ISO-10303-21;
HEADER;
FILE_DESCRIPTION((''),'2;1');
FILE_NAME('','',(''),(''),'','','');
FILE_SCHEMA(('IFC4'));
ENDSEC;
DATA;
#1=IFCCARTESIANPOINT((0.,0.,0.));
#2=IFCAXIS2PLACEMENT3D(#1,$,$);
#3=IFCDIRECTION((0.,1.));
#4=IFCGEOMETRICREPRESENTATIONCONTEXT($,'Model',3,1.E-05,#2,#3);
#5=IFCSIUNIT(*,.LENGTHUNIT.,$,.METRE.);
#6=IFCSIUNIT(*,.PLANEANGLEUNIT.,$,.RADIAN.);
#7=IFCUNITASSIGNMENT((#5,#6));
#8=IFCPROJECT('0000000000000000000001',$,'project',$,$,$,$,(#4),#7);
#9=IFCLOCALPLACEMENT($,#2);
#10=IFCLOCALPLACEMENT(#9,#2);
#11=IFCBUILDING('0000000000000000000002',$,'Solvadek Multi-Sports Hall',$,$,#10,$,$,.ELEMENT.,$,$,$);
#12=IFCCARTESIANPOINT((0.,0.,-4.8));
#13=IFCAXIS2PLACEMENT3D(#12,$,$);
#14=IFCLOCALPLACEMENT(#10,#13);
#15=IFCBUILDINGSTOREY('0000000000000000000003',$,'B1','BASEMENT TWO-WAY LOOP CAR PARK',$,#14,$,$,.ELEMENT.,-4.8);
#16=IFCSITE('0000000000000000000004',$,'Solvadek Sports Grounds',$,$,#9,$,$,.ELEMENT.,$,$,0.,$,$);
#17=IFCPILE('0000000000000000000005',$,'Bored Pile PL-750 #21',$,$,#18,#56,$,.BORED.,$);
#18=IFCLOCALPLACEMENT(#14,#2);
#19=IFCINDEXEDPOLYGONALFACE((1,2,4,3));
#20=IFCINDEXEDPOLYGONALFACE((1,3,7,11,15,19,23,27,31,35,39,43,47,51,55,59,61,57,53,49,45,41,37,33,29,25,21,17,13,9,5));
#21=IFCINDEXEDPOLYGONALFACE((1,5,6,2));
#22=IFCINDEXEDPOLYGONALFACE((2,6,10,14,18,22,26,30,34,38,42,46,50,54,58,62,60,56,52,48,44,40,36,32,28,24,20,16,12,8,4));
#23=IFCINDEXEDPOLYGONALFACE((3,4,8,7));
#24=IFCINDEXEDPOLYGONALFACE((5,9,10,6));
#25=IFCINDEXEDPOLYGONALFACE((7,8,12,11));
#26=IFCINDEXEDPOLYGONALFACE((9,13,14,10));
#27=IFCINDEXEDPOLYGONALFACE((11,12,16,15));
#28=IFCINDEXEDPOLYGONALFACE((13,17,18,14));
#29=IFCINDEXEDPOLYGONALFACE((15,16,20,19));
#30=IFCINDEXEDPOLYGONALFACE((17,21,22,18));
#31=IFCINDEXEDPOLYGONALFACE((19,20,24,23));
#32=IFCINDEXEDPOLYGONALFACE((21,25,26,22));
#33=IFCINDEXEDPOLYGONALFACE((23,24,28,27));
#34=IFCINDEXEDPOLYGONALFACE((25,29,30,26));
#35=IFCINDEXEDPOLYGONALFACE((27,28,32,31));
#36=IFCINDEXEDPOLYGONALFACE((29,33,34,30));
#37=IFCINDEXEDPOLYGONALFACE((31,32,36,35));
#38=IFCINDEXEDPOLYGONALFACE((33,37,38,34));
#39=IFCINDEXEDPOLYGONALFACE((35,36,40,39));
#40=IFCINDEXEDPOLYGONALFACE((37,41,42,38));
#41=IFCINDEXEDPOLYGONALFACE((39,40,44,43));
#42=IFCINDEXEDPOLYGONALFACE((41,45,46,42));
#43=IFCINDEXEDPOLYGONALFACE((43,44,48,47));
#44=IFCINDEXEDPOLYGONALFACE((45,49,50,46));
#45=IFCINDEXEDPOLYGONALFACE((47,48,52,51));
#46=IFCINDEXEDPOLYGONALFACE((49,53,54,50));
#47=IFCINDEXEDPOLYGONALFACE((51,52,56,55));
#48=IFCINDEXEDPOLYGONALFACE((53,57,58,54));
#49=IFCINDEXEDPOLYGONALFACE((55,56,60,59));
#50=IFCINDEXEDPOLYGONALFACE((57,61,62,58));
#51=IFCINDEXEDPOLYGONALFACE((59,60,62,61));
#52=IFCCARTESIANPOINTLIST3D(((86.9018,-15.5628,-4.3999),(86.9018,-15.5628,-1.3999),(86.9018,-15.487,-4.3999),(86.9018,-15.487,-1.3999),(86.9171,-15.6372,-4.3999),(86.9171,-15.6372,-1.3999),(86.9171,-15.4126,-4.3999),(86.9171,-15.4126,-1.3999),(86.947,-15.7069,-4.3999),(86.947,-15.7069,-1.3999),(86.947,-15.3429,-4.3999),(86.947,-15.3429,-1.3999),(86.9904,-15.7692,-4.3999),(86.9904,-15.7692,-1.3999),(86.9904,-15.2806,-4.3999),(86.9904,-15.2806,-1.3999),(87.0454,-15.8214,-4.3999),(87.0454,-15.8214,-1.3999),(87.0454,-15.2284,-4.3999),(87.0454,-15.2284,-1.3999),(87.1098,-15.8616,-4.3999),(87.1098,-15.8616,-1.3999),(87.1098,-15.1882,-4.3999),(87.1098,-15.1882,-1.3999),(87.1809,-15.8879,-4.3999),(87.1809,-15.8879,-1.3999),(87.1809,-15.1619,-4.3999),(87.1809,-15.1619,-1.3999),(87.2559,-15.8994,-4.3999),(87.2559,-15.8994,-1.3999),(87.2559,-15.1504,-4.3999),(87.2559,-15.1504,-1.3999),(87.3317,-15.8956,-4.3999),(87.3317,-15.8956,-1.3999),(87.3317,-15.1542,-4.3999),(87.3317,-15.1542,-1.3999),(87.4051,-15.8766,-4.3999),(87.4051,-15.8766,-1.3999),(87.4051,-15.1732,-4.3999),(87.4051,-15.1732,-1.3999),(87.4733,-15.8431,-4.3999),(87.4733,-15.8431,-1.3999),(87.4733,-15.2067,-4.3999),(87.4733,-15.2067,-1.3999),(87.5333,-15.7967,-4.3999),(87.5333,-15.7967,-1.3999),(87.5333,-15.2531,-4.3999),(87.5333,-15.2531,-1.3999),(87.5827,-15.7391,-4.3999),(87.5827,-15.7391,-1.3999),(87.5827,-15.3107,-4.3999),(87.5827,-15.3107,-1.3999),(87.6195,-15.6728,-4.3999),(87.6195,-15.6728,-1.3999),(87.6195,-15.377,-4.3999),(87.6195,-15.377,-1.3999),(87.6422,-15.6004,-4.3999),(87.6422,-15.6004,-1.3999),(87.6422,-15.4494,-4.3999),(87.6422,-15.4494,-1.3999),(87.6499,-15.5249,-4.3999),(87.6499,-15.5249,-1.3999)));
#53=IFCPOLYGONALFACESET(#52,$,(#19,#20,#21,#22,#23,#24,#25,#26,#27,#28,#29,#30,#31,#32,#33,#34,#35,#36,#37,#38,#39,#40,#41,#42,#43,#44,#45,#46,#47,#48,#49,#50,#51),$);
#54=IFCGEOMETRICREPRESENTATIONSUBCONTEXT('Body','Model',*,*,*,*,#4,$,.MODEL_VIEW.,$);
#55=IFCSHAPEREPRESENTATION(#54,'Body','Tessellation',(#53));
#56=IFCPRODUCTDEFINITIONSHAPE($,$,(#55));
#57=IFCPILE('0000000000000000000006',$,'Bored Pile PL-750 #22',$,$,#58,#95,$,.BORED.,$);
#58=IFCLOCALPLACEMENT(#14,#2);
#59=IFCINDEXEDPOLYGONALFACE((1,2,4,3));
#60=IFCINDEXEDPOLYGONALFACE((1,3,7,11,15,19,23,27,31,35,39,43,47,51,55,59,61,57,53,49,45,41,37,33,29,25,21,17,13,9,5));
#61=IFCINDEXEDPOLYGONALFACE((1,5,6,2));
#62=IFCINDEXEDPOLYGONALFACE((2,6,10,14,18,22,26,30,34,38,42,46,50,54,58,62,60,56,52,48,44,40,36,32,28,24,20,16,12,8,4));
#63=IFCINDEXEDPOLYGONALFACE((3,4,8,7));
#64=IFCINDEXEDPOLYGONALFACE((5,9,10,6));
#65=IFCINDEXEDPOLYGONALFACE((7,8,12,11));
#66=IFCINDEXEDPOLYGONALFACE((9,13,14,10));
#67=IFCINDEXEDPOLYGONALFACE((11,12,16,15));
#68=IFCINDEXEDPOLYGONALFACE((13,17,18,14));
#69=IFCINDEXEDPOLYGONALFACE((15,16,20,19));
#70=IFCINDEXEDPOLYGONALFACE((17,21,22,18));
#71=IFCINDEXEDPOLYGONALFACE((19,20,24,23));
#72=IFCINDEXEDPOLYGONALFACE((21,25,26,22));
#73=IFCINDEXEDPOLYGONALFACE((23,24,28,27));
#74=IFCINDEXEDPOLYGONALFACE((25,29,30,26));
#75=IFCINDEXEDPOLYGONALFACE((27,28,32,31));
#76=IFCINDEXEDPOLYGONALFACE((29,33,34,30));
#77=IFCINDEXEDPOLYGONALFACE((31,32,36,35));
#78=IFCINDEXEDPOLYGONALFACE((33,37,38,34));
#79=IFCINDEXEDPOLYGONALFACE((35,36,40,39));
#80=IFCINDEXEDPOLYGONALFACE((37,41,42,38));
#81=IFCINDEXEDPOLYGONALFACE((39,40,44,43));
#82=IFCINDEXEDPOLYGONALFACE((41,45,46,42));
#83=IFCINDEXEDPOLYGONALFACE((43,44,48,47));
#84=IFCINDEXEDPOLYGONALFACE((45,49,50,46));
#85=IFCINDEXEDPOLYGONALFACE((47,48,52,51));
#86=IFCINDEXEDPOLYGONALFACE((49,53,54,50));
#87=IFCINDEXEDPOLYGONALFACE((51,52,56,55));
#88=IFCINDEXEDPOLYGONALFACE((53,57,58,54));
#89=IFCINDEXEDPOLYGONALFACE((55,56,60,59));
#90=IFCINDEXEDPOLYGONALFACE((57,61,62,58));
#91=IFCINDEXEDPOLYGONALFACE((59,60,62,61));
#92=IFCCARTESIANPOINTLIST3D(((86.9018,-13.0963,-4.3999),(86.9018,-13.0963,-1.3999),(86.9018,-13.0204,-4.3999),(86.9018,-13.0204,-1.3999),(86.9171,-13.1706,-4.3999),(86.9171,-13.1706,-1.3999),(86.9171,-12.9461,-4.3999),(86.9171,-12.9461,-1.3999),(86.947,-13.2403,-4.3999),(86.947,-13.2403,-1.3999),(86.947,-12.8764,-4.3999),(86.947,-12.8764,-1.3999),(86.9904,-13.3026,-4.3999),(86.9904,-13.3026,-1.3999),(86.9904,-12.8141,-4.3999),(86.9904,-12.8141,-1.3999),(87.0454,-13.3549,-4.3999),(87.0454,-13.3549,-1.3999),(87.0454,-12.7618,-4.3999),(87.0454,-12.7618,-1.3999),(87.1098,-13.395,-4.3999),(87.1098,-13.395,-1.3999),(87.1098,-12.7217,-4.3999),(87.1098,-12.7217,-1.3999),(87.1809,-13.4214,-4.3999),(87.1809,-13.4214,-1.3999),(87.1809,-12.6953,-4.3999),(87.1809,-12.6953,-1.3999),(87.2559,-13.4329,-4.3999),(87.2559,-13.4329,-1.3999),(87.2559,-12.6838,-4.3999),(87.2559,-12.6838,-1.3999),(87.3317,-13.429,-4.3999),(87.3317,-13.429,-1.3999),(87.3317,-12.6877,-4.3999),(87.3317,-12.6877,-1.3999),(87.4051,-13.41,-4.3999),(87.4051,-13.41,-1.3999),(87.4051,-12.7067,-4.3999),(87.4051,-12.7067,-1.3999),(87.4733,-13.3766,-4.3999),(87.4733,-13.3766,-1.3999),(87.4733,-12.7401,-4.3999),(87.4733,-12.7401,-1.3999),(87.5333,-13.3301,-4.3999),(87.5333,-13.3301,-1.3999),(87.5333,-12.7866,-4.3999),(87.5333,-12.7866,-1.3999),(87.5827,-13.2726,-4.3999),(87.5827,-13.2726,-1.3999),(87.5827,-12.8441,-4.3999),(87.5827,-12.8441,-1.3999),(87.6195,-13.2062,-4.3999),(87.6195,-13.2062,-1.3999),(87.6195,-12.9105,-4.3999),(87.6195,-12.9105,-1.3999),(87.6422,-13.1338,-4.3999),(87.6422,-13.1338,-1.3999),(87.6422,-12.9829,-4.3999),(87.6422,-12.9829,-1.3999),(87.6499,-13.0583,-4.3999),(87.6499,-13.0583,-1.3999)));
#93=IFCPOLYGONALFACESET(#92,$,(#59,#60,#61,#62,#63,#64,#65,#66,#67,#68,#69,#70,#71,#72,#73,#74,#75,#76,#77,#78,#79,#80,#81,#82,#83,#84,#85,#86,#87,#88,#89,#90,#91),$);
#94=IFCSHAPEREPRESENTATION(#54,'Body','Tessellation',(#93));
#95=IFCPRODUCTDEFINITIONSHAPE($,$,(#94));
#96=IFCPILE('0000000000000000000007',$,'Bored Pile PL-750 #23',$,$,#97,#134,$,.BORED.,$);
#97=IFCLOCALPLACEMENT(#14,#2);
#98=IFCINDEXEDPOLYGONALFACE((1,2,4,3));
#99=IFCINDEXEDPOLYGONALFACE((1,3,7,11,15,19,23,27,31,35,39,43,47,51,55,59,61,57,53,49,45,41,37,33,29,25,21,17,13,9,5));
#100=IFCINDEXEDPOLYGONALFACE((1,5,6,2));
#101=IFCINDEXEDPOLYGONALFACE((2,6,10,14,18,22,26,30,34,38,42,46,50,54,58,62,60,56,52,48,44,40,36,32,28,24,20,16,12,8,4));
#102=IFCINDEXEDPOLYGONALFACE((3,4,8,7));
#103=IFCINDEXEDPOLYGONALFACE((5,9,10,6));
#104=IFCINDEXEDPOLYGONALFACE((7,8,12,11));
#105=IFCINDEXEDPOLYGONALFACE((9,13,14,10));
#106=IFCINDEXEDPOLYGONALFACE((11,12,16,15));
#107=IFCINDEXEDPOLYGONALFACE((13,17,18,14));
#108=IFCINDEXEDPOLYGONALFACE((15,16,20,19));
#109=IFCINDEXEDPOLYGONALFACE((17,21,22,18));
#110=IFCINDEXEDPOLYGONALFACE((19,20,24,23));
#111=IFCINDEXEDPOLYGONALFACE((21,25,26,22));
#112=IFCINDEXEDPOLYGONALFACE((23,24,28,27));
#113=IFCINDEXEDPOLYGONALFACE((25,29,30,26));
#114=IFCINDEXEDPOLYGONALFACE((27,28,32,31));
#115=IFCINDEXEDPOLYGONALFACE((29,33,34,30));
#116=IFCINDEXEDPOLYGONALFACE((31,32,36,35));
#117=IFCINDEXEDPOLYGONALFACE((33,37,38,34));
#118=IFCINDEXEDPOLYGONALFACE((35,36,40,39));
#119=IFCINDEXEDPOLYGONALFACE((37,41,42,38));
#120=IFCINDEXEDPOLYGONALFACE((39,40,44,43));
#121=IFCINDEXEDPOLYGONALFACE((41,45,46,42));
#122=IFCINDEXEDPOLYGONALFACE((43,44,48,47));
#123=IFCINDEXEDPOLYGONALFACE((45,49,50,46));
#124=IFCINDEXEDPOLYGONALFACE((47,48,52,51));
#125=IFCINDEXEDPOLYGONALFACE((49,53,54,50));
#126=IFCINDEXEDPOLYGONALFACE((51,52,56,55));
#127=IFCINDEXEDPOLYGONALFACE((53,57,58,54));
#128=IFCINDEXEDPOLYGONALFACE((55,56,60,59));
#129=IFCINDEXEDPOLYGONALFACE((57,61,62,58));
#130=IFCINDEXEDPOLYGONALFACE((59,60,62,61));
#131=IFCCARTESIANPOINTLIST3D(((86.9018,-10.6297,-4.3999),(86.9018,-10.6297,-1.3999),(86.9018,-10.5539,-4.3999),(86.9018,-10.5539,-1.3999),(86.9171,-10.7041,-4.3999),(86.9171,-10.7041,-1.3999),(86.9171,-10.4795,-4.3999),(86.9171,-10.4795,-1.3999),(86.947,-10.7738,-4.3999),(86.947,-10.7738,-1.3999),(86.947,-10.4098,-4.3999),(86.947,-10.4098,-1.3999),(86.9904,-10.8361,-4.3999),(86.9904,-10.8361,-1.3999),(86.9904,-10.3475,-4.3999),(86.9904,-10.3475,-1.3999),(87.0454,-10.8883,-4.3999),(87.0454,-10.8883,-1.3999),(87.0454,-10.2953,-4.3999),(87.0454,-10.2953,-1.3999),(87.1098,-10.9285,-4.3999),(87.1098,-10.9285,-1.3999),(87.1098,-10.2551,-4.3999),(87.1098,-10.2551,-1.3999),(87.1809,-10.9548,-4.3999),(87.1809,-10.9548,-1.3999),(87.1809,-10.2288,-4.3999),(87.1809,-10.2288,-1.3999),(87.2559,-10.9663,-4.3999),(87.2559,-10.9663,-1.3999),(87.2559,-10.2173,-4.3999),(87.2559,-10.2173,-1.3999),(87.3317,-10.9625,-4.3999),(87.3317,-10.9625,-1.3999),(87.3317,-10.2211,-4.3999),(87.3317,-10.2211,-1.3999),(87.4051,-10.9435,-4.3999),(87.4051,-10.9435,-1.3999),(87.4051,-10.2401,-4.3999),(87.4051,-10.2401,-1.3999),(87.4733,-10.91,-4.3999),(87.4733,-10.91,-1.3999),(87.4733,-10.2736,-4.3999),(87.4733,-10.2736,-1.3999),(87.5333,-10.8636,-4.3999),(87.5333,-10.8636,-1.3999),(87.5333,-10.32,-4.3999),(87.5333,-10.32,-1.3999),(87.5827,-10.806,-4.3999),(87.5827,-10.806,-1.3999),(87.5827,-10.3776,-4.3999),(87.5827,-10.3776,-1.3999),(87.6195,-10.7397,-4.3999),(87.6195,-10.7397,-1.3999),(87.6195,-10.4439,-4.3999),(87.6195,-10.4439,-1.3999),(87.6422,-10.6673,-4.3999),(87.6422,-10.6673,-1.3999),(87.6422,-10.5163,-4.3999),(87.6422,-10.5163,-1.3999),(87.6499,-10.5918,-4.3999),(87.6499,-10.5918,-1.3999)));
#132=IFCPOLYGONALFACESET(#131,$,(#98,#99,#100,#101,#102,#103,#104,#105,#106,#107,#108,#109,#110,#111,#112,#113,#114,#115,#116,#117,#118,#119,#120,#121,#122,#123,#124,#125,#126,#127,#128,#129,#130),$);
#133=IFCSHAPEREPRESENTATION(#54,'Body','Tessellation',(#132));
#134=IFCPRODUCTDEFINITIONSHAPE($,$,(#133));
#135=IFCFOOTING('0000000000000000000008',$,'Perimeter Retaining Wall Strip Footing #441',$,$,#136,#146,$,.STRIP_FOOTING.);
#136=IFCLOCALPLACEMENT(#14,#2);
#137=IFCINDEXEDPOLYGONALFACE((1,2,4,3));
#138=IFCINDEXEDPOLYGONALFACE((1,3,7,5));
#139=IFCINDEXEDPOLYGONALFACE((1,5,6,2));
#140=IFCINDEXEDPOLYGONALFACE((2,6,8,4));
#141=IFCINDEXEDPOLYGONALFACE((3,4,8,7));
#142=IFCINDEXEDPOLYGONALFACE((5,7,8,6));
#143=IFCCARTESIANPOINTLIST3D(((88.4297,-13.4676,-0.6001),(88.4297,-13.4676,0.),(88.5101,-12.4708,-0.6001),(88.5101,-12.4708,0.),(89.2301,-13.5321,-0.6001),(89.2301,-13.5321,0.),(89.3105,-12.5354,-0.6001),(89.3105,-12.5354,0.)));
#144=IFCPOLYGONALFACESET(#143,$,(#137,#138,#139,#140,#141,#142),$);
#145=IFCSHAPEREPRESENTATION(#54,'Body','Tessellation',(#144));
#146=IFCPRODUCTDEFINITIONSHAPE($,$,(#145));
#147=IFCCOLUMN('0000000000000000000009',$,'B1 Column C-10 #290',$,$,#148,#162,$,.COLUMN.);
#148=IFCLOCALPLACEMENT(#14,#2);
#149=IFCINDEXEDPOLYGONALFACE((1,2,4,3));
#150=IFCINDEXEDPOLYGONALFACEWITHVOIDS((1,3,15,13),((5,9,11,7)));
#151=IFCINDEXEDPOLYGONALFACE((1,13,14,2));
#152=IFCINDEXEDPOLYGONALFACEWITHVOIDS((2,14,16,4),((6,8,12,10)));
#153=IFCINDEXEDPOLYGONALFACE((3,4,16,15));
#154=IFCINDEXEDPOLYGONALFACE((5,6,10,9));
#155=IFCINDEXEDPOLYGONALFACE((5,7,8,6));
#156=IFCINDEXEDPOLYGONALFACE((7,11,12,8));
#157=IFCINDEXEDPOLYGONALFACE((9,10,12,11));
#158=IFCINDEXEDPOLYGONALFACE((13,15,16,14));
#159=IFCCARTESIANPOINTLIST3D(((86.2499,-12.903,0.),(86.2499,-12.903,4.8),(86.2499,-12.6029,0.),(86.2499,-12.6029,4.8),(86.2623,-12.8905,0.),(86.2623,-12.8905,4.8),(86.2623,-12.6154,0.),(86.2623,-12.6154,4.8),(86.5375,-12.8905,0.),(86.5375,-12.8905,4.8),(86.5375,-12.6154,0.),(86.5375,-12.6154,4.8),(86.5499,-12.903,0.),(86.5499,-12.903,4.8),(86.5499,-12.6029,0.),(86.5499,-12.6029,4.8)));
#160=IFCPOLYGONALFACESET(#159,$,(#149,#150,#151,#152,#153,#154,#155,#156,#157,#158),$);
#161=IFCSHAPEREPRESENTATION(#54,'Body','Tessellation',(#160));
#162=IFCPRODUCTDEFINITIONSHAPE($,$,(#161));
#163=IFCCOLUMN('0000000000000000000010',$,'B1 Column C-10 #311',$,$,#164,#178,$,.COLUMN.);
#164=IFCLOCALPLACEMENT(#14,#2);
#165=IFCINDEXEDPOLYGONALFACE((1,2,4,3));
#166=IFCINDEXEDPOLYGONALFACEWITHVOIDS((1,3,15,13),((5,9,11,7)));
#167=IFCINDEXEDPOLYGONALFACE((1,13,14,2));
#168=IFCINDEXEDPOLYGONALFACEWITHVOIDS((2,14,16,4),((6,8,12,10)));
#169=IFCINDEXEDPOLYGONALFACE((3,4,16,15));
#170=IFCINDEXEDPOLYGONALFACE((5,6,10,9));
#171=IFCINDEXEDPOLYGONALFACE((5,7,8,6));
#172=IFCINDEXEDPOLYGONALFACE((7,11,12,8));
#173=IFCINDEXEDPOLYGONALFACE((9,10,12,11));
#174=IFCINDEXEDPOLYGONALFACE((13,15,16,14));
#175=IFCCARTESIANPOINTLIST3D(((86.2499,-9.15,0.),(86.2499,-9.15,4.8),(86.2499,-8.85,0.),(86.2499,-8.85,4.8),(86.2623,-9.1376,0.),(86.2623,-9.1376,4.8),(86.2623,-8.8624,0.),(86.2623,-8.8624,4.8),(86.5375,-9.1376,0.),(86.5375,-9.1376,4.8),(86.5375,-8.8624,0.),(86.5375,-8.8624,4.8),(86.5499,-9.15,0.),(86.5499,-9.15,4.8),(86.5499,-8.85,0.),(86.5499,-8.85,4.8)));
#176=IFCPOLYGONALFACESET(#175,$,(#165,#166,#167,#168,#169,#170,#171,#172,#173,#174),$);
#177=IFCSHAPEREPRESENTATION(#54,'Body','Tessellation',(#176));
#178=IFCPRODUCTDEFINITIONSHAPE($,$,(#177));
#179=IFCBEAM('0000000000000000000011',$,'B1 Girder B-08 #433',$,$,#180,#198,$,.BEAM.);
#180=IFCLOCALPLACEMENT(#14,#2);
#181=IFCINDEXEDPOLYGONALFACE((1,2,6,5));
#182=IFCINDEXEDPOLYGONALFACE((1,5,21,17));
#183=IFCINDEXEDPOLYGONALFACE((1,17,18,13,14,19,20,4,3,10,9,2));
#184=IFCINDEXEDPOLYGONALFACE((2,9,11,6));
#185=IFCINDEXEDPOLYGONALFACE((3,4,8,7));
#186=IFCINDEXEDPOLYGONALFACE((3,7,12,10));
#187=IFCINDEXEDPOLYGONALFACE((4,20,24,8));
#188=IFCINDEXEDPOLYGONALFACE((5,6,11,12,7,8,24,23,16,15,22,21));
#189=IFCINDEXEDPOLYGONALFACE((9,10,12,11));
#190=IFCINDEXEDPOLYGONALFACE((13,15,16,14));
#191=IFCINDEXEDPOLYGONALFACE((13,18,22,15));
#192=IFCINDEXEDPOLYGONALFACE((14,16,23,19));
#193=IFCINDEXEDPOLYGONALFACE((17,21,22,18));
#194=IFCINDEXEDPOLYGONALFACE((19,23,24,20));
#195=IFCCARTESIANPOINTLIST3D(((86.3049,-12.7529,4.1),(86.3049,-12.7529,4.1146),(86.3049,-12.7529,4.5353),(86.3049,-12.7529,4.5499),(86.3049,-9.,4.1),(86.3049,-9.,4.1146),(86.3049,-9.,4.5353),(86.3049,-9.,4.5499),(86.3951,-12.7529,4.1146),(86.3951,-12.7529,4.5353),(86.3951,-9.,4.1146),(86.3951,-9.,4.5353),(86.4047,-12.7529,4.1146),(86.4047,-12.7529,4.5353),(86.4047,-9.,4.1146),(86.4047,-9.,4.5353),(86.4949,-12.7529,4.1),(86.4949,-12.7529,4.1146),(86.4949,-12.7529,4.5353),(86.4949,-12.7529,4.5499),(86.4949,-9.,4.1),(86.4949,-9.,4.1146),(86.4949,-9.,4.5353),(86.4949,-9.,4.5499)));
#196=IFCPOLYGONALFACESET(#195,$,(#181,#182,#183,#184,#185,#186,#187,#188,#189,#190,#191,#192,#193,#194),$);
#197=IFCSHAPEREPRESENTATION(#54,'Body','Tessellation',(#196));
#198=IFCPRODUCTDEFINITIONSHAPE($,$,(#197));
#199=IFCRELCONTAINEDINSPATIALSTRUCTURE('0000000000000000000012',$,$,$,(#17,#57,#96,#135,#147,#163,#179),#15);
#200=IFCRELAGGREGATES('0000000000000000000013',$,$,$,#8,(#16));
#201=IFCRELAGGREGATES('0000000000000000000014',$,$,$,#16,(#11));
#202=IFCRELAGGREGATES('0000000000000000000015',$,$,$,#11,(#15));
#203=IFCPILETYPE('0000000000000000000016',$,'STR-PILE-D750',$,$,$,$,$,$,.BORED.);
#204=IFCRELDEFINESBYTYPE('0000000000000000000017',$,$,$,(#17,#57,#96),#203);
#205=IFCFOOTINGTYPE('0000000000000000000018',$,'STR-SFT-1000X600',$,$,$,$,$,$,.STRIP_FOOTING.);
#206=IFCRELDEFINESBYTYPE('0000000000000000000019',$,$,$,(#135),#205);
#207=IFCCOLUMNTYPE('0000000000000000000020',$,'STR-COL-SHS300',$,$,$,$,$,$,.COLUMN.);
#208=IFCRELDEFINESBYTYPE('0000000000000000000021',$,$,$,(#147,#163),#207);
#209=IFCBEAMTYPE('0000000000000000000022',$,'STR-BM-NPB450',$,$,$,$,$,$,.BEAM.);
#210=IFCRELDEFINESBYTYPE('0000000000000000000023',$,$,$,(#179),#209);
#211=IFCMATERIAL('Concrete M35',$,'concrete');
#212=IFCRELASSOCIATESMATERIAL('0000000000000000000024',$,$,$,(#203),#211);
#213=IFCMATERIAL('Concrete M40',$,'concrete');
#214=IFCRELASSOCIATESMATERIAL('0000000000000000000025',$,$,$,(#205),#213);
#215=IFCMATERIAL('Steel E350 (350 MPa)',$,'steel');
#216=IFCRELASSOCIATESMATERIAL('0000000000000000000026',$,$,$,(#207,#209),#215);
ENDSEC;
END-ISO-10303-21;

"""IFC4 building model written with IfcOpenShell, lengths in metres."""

from ifc_helpers import new_model, si_unit, direction, frame, origin, origin_2d, place, context, subcontext, project, spatial, rectangle, hollow_rectangle, circle, i_section, extrude, material, material_profile, profile_set, type_object, element, save


model = new_model("IFC4")

# Units and contexts
model_context = context("Model", 3, precision=1e-05, world=origin(), true_north=direction((0.0, 1.0)))
body_context = subcontext(model_context, "Body", "Model", "MODEL_VIEW")
ifc_project = project(units=[si_unit("LENGTHUNIT", "METRE"), si_unit("PLANEANGLEUNIT", "RADIAN")], contexts=[model_context])

# Site, building, storey
site_placement = place(None, origin())
site = spatial("IfcSite", under=ifc_project, at=site_placement, Name="Solvadek Sports Grounds", CompositionType="ELEMENT", RefElevation=0.0)
building_placement = place(site_placement, origin())
building = spatial("IfcBuilding", under=site, at=building_placement, Name="Solvadek Multi-Sports Hall", CompositionType="ELEMENT")
storey_placement = place(building_placement, frame((0.0, 0.0, -4.8)))
storey = spatial("IfcBuildingStorey", under=building, at=storey_placement, Name="B1", Description="BASEMENT TWO-WAY LOOP CAR PARK", CompositionType="ELEMENT", Elevation=-4.8)

# Shared definitions
ifc_material_1 = material(Name="Concrete M40", Category="concrete")

# Piles
ifc_material_2 = material(Name="Concrete M35", Category="concrete")
ifc_material_profile_1 = material_profile(ifc_material_2, circle(Radius=0.375, at=origin_2d()), Name="BORED PILE D750")
ifc_profile_set_1 = profile_set([ifc_material_profile_1], Name="Concrete M35")
pile_type_1 = type_object("IfcPileType", Name="STR-PILE-D750", PredefinedType="BORED", material=ifc_profile_set_1)
for number, where, z_axis, x_axis, name in (
    (1, (87.2749, -15.5249, -1.3999), (0.0, 0.0, -1.0), (1.0, 0.0, 0.0), "Bored Pile PL-750 #21"),
    (2, (87.2749, -13.0583, -1.3999), (0.0, 0.0, -1.0), (1.0, 0.0, 0.0), "Bored Pile PL-750 #22"),
    (3, (87.2749, -10.5918, -1.3999), (0.0, 0.0, -1.0), (1.0, 0.0, 0.0), "Bored Pile PL-750 #23"),
):
    element("IfcPile", number, at=place(storey_placement, frame(where, z_axis=z_axis, x_axis=x_axis)), inside=storey, type_object=pile_type_1, Name=name, PredefinedType="BORED", context=body_context, shape_type="SweptSolid", body=[
        extrude(circle(Radius=0.375, at=origin_2d()), origin(), (0.0, 0.0, 1.0), 3.0),
    ])

# Footing
footing_type_1 = type_object("IfcFootingType", Name="STR-SFT-1000X600", PredefinedType="STRIP_FOOTING", material=ifc_material_1)
footing_1_placement = place(storey_placement, frame((88.8701, -13.0015, -0.6001), z_axis=(0.0, 0.0, 1.0), x_axis=(0.996765, -0.080373, 0.0)))
element("IfcFooting", 4, at=footing_1_placement, inside=storey, type_object=footing_type_1, Name="Perimeter Retaining Wall Strip Footing #441", PredefinedType="STRIP_FOOTING", context=body_context, shape_type="SweptSolid", body=[
    extrude(rectangle(XDim=0.803, YDim=1.0, at=origin_2d()), origin(), (0.0, 0.0, 1.0), 0.6001),
])

# Columns
ifc_material_3 = material(Name="Steel E350 (350 MPa)", Category="steel")
ifc_material_profile_2 = material_profile(ifc_material_3, hollow_rectangle(XDim=0.3, YDim=0.3, WallThickness=0.0125, at=origin_2d()), Name="SHS 300x300x12.5")
ifc_profile_set_2 = profile_set([ifc_material_profile_2], Name="Steel E350 (350 MPa)")
column_type = type_object("IfcColumnType", Name="STR-COL-SHS300", PredefinedType="COLUMN", material=ifc_profile_set_2)
for number, where, z_axis, x_axis, name in (
    (5, (86.3999, -12.7529, 0.0), (0.0, 0.0, 1.0), (1.0, 0.0, 0.0), "B1 Column C-10 #290"),
    (6, (86.3999, -9.0, 0.0), (0.0, 0.0, 1.0), (1.0, 0.0, 0.0), "B1 Column C-10 #311"),
):
    element("IfcColumn", number, at=place(storey_placement, frame(where, z_axis=z_axis, x_axis=x_axis)), inside=storey, type_object=column_type, Name=name, PredefinedType="COLUMN", context=body_context, shape_type="SweptSolid", body=[
        extrude(hollow_rectangle(XDim=0.3, YDim=0.3, WallThickness=0.0125, at=origin_2d()), origin(), (0.0, 0.0, 1.0), 4.8),
    ])

# Beam
ifc_material_profile_3 = material_profile(ifc_material_3, i_section(OverallWidth=0.1899, OverallDepth=0.45, WebThickness=0.0095, FlangeThickness=0.0146, at=origin_2d()), Name="NPB 450")
ifc_profile_set_3 = profile_set([ifc_material_profile_3], Name="Steel E350 (350 MPa)")
beam_type_1 = type_object("IfcBeamType", Name="STR-BM-NPB450", PredefinedType="BEAM", material=ifc_profile_set_3)
beam_1_placement = place(storey_placement, frame((86.3999, -12.7529, 4.325), z_axis=(0.0, 1.0, 0.0), x_axis=(-1.0, 0.0, 0.0)))
element("IfcBeam", 7, at=beam_1_placement, inside=storey, type_object=beam_type_1, Name="B1 Girder B-08 #433", PredefinedType="BEAM", context=body_context, shape_type="SweptSolid", body=[
    extrude(i_section(OverallWidth=0.1899, OverallDepth=0.45, WebThickness=0.0095, FlangeThickness=0.0146, at=origin_2d()), origin(), (0.0, 0.0, 1.0), 3.7529),
])

save(model, "model.ifc")
